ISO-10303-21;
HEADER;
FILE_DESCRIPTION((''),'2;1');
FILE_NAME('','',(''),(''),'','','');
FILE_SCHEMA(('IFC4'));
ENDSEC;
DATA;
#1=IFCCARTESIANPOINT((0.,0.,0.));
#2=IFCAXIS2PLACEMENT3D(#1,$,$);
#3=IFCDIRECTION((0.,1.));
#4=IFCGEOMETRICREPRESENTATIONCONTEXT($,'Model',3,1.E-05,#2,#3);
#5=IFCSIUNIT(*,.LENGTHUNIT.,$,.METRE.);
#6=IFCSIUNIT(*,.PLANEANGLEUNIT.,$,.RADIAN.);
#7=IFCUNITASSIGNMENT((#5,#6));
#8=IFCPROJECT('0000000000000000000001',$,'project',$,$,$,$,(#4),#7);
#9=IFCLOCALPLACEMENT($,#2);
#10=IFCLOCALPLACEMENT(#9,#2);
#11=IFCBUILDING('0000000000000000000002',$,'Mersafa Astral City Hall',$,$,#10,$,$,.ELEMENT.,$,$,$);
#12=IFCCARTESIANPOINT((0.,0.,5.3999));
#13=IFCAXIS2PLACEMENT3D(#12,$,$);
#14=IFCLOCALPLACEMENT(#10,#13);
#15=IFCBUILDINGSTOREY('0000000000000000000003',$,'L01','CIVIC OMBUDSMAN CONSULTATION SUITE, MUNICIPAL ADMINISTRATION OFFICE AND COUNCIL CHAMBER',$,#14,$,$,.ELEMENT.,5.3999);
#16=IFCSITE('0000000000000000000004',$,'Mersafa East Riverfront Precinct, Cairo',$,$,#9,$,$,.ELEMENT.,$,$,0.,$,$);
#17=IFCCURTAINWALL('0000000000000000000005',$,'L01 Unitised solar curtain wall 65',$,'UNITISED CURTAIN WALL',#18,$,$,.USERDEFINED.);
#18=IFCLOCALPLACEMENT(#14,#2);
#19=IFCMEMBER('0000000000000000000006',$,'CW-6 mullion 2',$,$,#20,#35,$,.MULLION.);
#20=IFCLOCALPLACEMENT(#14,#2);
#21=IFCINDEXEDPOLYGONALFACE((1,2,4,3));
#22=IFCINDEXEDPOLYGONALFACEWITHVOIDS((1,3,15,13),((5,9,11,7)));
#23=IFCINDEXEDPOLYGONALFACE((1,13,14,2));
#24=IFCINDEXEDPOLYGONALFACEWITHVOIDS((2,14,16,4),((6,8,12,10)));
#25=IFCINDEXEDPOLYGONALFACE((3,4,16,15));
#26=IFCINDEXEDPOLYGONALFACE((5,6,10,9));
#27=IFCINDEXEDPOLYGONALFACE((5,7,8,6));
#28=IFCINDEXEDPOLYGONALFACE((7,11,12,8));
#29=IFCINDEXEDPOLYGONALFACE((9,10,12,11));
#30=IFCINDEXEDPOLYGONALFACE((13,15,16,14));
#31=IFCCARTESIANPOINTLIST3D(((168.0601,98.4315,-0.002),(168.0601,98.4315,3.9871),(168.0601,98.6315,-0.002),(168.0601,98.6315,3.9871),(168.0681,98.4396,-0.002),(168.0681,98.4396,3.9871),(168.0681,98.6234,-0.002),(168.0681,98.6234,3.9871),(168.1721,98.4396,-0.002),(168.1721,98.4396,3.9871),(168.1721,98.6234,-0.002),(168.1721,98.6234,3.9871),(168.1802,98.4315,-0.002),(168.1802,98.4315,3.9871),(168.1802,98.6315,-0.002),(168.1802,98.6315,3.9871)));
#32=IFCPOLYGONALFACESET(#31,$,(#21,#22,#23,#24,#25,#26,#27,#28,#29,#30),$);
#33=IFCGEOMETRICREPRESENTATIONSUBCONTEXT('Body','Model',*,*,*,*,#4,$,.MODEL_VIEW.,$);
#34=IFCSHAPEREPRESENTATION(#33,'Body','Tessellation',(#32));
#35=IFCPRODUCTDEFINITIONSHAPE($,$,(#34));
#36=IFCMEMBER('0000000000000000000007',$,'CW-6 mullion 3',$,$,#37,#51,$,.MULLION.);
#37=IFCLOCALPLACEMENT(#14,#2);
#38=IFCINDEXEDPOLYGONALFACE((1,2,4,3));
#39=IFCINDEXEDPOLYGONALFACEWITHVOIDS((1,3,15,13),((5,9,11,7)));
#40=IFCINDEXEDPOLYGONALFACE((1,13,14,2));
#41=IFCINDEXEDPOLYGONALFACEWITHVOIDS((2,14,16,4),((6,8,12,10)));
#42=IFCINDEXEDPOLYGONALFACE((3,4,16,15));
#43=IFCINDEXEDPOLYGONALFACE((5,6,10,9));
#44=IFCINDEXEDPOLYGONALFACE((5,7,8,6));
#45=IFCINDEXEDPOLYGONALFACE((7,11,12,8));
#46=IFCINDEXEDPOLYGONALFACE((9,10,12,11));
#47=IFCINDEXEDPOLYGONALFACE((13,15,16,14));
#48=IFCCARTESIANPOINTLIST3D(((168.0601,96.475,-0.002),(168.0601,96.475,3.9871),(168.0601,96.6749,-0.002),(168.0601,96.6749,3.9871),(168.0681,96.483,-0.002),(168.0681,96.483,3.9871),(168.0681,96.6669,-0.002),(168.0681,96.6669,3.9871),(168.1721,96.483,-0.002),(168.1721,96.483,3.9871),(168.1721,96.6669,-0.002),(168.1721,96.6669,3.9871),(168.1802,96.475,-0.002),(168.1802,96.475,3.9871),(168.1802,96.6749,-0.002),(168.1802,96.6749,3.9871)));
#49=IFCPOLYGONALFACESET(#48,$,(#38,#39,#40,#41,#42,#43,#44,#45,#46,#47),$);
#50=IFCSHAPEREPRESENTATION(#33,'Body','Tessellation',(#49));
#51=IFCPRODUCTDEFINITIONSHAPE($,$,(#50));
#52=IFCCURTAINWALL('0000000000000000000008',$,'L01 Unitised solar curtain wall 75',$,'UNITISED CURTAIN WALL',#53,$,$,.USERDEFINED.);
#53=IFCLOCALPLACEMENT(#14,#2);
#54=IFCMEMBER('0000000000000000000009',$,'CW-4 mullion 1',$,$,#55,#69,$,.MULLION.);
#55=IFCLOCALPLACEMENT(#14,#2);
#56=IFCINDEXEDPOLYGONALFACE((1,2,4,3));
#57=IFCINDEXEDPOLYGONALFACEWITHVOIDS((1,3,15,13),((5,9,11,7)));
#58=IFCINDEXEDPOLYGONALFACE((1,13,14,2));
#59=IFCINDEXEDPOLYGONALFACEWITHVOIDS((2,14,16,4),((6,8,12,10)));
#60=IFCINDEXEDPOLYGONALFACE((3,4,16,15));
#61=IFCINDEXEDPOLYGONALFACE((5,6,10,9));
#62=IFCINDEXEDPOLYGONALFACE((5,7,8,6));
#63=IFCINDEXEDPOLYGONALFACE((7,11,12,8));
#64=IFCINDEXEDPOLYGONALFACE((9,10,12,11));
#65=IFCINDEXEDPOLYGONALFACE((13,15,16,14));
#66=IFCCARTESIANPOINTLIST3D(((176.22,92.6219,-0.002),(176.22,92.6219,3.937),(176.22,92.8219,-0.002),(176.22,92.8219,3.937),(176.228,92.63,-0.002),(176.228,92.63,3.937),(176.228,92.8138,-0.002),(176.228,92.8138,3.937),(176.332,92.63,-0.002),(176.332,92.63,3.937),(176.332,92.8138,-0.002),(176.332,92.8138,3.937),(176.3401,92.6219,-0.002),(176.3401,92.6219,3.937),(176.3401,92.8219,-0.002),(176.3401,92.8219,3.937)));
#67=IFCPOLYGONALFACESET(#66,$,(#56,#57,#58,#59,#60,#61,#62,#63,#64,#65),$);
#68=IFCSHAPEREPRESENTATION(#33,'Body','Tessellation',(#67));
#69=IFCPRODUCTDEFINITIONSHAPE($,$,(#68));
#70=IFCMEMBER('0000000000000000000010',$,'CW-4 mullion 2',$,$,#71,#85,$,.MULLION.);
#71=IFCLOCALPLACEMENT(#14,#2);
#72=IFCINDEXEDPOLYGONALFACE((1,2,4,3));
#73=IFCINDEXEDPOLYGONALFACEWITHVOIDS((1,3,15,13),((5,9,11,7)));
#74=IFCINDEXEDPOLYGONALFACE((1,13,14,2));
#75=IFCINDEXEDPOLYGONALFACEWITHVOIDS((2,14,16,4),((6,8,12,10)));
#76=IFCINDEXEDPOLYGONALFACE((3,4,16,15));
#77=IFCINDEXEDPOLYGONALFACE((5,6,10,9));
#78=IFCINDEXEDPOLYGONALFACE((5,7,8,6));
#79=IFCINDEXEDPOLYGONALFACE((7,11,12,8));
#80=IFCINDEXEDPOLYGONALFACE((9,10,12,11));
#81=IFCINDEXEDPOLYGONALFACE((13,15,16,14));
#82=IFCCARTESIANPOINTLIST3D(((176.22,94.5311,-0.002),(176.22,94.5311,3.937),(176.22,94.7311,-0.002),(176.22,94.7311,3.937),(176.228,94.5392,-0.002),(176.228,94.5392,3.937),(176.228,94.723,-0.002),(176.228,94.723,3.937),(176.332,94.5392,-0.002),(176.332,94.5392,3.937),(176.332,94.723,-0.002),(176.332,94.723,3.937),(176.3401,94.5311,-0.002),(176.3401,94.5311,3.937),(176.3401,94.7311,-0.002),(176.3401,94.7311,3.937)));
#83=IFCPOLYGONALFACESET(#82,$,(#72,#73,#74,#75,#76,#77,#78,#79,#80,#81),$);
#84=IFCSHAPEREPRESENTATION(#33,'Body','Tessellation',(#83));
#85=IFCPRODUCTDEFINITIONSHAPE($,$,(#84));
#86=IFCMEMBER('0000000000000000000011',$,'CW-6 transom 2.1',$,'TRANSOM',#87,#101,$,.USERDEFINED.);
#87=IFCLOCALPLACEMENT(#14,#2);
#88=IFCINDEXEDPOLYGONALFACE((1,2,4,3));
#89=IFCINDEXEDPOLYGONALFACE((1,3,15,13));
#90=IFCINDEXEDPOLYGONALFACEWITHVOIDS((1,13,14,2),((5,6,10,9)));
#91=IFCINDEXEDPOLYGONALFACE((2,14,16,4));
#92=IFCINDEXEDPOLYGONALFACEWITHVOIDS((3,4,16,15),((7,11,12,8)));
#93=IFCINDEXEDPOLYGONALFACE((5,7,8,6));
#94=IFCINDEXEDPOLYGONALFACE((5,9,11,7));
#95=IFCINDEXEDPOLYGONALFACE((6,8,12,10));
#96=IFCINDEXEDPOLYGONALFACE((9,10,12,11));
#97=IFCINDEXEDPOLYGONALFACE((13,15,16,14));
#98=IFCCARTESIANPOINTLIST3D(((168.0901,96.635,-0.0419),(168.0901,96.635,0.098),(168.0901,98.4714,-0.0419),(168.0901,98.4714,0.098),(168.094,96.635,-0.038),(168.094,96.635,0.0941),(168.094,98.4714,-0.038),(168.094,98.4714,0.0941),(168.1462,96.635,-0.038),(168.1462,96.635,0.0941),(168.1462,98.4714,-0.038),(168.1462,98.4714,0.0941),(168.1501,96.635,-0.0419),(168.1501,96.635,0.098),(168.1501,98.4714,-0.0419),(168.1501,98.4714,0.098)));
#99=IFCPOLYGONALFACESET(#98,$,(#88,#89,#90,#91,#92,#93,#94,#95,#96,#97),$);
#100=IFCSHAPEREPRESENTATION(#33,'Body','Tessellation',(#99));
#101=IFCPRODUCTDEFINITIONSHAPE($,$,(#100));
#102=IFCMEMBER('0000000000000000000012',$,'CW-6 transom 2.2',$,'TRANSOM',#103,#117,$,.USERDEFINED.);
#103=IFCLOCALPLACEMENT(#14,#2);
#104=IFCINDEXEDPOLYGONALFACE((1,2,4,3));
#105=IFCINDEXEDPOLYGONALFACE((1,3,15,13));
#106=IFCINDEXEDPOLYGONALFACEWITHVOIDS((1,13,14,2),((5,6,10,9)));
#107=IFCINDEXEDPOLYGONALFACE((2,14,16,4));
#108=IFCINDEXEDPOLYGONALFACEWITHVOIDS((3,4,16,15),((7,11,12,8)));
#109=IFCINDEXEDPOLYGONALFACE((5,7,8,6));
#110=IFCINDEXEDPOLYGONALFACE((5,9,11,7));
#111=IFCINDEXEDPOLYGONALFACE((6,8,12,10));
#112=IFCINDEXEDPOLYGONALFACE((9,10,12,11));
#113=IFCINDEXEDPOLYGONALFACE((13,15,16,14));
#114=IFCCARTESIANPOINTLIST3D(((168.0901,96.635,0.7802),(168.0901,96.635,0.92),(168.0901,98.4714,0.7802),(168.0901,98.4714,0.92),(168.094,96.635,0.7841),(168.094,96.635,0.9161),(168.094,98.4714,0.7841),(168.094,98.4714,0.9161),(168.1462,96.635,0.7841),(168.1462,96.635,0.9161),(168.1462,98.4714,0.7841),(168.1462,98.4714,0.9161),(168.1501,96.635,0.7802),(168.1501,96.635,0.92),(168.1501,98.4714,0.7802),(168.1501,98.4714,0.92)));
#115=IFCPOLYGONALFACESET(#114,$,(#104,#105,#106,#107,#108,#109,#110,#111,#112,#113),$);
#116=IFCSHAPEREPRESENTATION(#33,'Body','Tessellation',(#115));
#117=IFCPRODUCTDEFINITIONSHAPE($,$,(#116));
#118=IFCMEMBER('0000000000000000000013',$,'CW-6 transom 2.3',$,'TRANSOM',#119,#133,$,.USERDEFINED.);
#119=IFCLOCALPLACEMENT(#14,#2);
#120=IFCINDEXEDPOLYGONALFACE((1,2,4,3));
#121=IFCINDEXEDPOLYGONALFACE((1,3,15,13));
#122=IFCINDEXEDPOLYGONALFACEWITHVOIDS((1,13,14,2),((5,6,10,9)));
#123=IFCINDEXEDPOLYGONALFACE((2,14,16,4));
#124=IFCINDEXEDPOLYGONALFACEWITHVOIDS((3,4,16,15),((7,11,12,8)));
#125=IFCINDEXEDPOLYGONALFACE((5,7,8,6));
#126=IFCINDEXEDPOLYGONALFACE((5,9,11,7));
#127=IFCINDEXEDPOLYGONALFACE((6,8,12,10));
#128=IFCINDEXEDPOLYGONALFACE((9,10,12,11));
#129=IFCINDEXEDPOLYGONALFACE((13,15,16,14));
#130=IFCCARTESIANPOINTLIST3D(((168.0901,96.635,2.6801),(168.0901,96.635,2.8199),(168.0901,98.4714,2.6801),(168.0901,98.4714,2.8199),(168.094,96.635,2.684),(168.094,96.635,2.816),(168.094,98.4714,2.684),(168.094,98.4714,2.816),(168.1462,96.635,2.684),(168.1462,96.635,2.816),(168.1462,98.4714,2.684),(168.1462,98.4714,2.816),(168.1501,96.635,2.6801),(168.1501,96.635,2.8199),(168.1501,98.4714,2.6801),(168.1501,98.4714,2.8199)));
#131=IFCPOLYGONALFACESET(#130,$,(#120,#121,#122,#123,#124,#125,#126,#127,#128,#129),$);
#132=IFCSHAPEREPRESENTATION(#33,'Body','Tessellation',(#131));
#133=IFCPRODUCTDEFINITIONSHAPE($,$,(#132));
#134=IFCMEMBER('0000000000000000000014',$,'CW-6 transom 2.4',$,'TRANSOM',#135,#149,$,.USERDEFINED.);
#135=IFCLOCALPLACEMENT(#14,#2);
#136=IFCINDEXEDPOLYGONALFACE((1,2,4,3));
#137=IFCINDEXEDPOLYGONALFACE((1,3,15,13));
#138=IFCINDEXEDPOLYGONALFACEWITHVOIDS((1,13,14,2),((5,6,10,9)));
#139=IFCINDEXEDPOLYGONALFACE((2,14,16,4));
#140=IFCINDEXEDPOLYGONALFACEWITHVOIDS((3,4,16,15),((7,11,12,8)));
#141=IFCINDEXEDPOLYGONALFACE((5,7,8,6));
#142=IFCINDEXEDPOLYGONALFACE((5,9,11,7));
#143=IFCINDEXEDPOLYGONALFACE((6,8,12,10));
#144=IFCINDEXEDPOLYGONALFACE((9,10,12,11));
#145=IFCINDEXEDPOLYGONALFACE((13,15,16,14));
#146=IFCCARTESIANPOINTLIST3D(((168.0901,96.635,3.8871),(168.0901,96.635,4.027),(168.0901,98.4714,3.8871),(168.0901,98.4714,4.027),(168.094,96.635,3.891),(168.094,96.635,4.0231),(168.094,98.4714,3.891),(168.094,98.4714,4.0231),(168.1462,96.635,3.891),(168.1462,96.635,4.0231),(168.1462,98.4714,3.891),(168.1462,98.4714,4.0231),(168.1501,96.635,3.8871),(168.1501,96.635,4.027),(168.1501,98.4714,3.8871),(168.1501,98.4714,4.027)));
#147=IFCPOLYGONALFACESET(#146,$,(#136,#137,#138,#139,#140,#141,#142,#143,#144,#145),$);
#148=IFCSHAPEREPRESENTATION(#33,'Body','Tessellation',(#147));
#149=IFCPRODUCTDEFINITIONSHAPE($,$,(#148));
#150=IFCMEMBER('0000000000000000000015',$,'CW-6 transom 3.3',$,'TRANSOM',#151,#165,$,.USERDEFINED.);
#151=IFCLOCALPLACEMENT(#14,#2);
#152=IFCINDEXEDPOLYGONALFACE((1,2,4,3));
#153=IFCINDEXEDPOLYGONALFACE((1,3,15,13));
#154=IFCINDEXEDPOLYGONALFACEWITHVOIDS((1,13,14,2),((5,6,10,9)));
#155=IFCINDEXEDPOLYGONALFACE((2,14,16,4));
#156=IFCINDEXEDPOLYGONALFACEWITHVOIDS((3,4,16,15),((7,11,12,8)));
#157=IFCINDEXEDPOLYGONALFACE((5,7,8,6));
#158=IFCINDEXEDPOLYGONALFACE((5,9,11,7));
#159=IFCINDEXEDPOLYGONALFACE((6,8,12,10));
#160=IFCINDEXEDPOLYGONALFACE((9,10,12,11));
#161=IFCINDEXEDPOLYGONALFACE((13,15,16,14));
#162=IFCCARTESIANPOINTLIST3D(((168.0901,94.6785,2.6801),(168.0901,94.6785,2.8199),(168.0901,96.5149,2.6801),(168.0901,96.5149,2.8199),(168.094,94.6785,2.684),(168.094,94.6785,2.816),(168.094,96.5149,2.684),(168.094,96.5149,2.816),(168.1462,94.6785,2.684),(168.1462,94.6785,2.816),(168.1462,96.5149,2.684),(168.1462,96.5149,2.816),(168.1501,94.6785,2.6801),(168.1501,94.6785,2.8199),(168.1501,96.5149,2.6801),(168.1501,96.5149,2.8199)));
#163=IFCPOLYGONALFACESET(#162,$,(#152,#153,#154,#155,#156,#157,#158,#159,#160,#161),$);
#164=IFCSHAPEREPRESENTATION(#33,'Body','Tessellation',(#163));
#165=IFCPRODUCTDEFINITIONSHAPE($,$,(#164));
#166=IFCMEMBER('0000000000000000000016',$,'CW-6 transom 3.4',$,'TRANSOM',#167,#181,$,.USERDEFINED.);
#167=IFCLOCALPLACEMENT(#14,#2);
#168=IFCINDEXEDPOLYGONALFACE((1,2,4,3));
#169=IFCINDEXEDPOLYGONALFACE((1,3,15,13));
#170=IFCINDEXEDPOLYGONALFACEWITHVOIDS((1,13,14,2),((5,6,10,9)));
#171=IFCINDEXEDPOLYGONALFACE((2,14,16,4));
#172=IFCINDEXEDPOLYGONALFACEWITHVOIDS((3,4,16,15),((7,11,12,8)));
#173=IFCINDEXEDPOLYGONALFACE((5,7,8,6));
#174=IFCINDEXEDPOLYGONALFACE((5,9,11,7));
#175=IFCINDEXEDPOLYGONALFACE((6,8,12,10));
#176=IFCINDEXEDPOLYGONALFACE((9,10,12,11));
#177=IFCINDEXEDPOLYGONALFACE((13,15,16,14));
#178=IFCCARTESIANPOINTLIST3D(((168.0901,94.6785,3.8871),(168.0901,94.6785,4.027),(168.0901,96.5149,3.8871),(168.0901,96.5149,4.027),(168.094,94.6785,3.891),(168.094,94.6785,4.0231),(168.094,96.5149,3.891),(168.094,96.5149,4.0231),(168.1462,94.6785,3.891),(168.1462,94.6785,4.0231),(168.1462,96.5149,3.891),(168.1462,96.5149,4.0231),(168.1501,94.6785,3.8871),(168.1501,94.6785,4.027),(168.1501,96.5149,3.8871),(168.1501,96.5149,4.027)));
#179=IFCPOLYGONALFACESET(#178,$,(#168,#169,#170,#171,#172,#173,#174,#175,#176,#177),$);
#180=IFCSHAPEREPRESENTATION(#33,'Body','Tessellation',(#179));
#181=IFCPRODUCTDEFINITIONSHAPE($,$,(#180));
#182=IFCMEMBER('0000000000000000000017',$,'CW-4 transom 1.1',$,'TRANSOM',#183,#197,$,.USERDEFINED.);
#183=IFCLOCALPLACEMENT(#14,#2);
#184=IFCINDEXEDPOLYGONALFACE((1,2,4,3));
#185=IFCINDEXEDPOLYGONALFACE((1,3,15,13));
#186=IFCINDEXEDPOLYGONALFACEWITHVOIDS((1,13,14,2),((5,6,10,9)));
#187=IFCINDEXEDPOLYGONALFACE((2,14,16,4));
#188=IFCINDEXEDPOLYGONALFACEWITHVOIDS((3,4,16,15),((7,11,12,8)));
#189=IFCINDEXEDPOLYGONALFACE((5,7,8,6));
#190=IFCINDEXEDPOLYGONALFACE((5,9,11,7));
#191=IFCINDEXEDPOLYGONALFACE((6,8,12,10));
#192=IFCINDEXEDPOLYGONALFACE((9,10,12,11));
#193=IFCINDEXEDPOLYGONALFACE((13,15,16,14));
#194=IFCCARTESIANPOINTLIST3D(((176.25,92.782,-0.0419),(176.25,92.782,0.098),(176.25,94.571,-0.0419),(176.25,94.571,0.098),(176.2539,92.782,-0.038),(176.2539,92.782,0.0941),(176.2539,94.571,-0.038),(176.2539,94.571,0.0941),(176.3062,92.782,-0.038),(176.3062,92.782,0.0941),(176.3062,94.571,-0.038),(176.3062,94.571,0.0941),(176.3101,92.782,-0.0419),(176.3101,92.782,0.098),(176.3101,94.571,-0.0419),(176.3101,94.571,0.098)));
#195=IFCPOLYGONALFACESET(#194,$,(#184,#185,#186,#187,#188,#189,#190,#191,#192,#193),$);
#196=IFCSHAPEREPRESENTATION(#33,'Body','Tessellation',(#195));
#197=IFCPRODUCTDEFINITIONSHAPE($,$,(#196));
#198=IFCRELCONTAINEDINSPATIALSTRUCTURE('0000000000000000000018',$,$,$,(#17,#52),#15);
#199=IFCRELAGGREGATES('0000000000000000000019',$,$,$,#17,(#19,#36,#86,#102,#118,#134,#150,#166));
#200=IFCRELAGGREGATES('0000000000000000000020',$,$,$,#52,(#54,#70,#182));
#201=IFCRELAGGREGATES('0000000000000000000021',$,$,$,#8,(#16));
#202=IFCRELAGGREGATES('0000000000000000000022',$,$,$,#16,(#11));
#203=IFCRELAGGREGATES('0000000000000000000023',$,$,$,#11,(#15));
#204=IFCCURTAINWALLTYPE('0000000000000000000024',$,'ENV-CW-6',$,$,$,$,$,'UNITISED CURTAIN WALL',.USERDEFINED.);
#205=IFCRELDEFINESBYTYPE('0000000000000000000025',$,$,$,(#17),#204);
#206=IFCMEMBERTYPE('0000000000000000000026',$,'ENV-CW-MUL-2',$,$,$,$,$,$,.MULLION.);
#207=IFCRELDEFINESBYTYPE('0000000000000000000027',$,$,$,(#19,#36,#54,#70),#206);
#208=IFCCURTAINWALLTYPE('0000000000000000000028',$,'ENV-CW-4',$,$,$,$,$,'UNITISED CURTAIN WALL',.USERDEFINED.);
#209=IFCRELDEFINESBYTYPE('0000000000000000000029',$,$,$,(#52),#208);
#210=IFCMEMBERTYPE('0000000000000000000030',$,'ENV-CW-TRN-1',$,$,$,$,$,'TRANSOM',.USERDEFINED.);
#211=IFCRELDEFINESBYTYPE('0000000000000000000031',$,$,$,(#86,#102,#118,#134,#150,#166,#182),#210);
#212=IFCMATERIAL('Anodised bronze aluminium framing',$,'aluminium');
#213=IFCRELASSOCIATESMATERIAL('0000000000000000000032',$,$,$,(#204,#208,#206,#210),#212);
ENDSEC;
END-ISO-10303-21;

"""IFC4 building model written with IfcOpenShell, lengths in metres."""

from ifc_helpers import new_model, si_unit, direction, frame, origin, origin_2d, place, context, subcontext, project, spatial, hollow_rectangle, extrude, material, material_profile, profile_set, type_object, element, aggregate, save


model = new_model("IFC4")

# Units and contexts
model_context = context("Model", 3, precision=1e-05, world=origin(), true_north=direction((0.0, 1.0)))
body_context = subcontext(model_context, "Body", "Model", "MODEL_VIEW")
ifc_project = project(units=[si_unit("LENGTHUNIT", "METRE"), si_unit("PLANEANGLEUNIT", "RADIAN")], contexts=[model_context])

# Site, building, storey
site_placement = place(None, origin())
site = spatial("IfcSite", under=ifc_project, at=site_placement, Name="Mersafa East Riverfront Precinct, Cairo", CompositionType="ELEMENT", RefElevation=0.0)
building_placement = place(site_placement, origin())
building = spatial("IfcBuilding", under=site, at=building_placement, Name="Mersafa Astral City Hall", CompositionType="ELEMENT")
storey_placement = place(building_placement, frame((0.0, 0.0, 5.3999)))
storey = spatial("IfcBuildingStorey", under=building, at=storey_placement, Name="L01", Description="CIVIC OMBUDSMAN CONSULTATION SUITE, MUNICIPAL ADMINISTRATION OFFICE AND COUNCIL CHAMBER", CompositionType="ELEMENT", Elevation=5.3999)

# Curtain walls, members
ifc_material_1 = material(Name="Anodised bronze aluminium framing", Category="aluminium")
curtain_wall_type_1 = type_object("IfcCurtainWallType", Name="ENV-CW-6", ElementType="UNITISED CURTAIN WALL", PredefinedType="USERDEFINED", material=ifc_material_1)
curtain_wall_1_placement = place(storey_placement, origin())
curtain_wall_1 = element("IfcCurtainWall", 1, at=curtain_wall_1_placement, inside=storey, type_object=curtain_wall_type_1, Name="L01 Unitised solar curtain wall 65", ObjectType="UNITISED CURTAIN WALL", PredefinedType="USERDEFINED")
ifc_material_profile_1 = material_profile(ifc_material_1, hollow_rectangle(XDim=0.1201, YDim=0.2, WallThickness=0.0081, at=origin_2d()), Name="RHS 120x200x8")
ifc_profile_set_1 = profile_set([ifc_material_profile_1], Name="Anodised bronze aluminium framing")
member_type_1 = type_object("IfcMemberType", Name="ENV-CW-MUL-2", PredefinedType="MULLION", material=ifc_profile_set_1)
member_1_placement = place(storey_placement, frame((168.1201, 98.5315, -0.002), z_axis=(0.0, 0.0, 1.0), x_axis=(1.0, 0.0, 0.0)))
member_1 = element("IfcMember", 2, at=member_1_placement, type_object=member_type_1, Name="CW-6 mullion 2", PredefinedType="MULLION", context=body_context, shape_type="SweptSolid", body=[
    extrude(hollow_rectangle(XDim=0.1201, YDim=0.2, WallThickness=0.0081, at=origin_2d()), origin(), (0.0, 0.0, 1.0), 3.989),
])
member_2_placement = place(storey_placement, frame((168.1201, 96.575, -0.002), z_axis=(0.0, 0.0, 1.0), x_axis=(1.0, 0.0, 0.0)))
member_2 = element("IfcMember", 3, at=member_2_placement, type_object=member_type_1, Name="CW-6 mullion 3", PredefinedType="MULLION", context=body_context, shape_type="SweptSolid", body=[
    extrude(hollow_rectangle(XDim=0.1201, YDim=0.2, WallThickness=0.0081, at=origin_2d()), origin(), (0.0, 0.0, 1.0), 3.989),
])
curtain_wall_type_2 = type_object("IfcCurtainWallType", Name="ENV-CW-4", ElementType="UNITISED CURTAIN WALL", PredefinedType="USERDEFINED", material=ifc_material_1)
curtain_wall_2_placement = place(storey_placement, origin())
curtain_wall_2 = element("IfcCurtainWall", 4, at=curtain_wall_2_placement, inside=storey, type_object=curtain_wall_type_2, Name="L01 Unitised solar curtain wall 75", ObjectType="UNITISED CURTAIN WALL", PredefinedType="USERDEFINED")
member_3_placement = place(storey_placement, frame((176.28, 92.7219, -0.002), z_axis=(0.0, 0.0, 1.0), x_axis=(-1.0, 0.0, 0.0)))
member_3 = element("IfcMember", 5, at=member_3_placement, type_object=member_type_1, Name="CW-4 mullion 1", PredefinedType="MULLION", context=body_context, shape_type="SweptSolid", body=[
    extrude(hollow_rectangle(XDim=0.1201, YDim=0.2, WallThickness=0.0081, at=origin_2d()), origin(), (0.0, 0.0, 1.0), 3.939),
])
member_4_placement = place(storey_placement, frame((176.28, 94.6311, -0.002), z_axis=(0.0, 0.0, 1.0), x_axis=(-1.0, 0.0, 0.0)))
member_4 = element("IfcMember", 6, at=member_4_placement, type_object=member_type_1, Name="CW-4 mullion 2", PredefinedType="MULLION", context=body_context, shape_type="SweptSolid", body=[
    extrude(hollow_rectangle(XDim=0.1201, YDim=0.2, WallThickness=0.0081, at=origin_2d()), origin(), (0.0, 0.0, 1.0), 3.939),
])

# Members
ifc_material_profile_2 = material_profile(ifc_material_1, hollow_rectangle(XDim=0.0601, YDim=0.1399, WallThickness=0.0039, at=origin_2d()), Name="RHS 60x140x4")
ifc_profile_set_2 = profile_set([ifc_material_profile_2], Name="Anodised bronze aluminium framing")
member_type_2 = type_object("IfcMemberType", Name="ENV-CW-TRN-1", ElementType="TRANSOM", PredefinedType="USERDEFINED", material=ifc_profile_set_2)
member_5_placement = place(storey_placement, frame((168.1201, 98.4714, 0.0281), z_axis=(0.0, -1.0, 0.0), x_axis=(1.0, 0.0, 0.0)))
member_5 = element("IfcMember", 7, at=member_5_placement, type_object=member_type_2, Name="CW-6 transom 2.1", ObjectType="TRANSOM", PredefinedType="USERDEFINED", context=body_context, shape_type="SweptSolid", body=[
    extrude(hollow_rectangle(XDim=0.0601, YDim=0.1399, WallThickness=0.0039, at=origin_2d()), origin(), (0.0, 0.0, 1.0), 1.8364),
])
member_6_placement = place(storey_placement, frame((168.1201, 98.4714, 0.8501), z_axis=(0.0, -1.0, 0.0), x_axis=(1.0, 0.0, 0.0)))
member_6 = element("IfcMember", 8, at=member_6_placement, type_object=member_type_2, Name="CW-6 transom 2.2", ObjectType="TRANSOM", PredefinedType="USERDEFINED", context=body_context, shape_type="SweptSolid", body=[
    extrude(hollow_rectangle(XDim=0.0601, YDim=0.1399, WallThickness=0.0039, at=origin_2d()), origin(), (0.0, 0.0, 1.0), 1.8364),
])
member_7_placement = place(storey_placement, frame((168.1201, 98.4714, 2.75), z_axis=(0.0, -1.0, 0.0), x_axis=(1.0, 0.0, 0.0)))
member_7 = element("IfcMember", 9, at=member_7_placement, type_object=member_type_2, Name="CW-6 transom 2.3", ObjectType="TRANSOM", PredefinedType="USERDEFINED", context=body_context, shape_type="SweptSolid", body=[
    extrude(hollow_rectangle(XDim=0.0601, YDim=0.1399, WallThickness=0.0039, at=origin_2d()), origin(), (0.0, 0.0, 1.0), 1.8364),
])
member_8_placement = place(storey_placement, frame((168.1201, 98.4714, 3.957), z_axis=(0.0, -1.0, 0.0), x_axis=(1.0, 0.0, 0.0)))
member_8 = element("IfcMember", 10, at=member_8_placement, type_object=member_type_2, Name="CW-6 transom 2.4", ObjectType="TRANSOM", PredefinedType="USERDEFINED", context=body_context, shape_type="SweptSolid", body=[
    extrude(hollow_rectangle(XDim=0.0601, YDim=0.1399, WallThickness=0.0039, at=origin_2d()), origin(), (0.0, 0.0, 1.0), 1.8364),
])
member_9_placement = place(storey_placement, frame((168.1201, 96.5149, 2.75), z_axis=(0.0, -1.0, 0.0), x_axis=(1.0, 0.0, 0.0)))
member_9 = element("IfcMember", 11, at=member_9_placement, type_object=member_type_2, Name="CW-6 transom 3.3", ObjectType="TRANSOM", PredefinedType="USERDEFINED", context=body_context, shape_type="SweptSolid", body=[
    extrude(hollow_rectangle(XDim=0.0601, YDim=0.1399, WallThickness=0.0039, at=origin_2d()), origin(), (0.0, 0.0, 1.0), 1.8364),
])
member_10_placement = place(storey_placement, frame((168.1201, 96.5149, 3.957), z_axis=(0.0, -1.0, 0.0), x_axis=(1.0, 0.0, 0.0)))
member_10 = element("IfcMember", 12, at=member_10_placement, type_object=member_type_2, Name="CW-6 transom 3.4", ObjectType="TRANSOM", PredefinedType="USERDEFINED", context=body_context, shape_type="SweptSolid", body=[
    extrude(hollow_rectangle(XDim=0.0601, YDim=0.1399, WallThickness=0.0039, at=origin_2d()), origin(), (0.0, 0.0, 1.0), 1.8364),
])
member_11_placement = place(storey_placement, frame((176.28, 92.782, 0.0281), z_axis=(0.0, 1.0, 0.0), x_axis=(-1.0, 0.0, 0.0)))
member_11 = element("IfcMember", 13, at=member_11_placement, type_object=member_type_2, Name="CW-4 transom 1.1", ObjectType="TRANSOM", PredefinedType="USERDEFINED", context=body_context, shape_type="SweptSolid", body=[
    extrude(hollow_rectangle(XDim=0.0601, YDim=0.1399, WallThickness=0.0039, at=origin_2d()), origin(), (0.0, 0.0, 1.0), 1.7891),
])

aggregate(curtain_wall_1, [member_1, member_2, member_5, member_6, member_7, member_8, member_9, member_10])
aggregate(curtain_wall_2, [member_3, member_4, member_11])

save(model, "model.ifc")
